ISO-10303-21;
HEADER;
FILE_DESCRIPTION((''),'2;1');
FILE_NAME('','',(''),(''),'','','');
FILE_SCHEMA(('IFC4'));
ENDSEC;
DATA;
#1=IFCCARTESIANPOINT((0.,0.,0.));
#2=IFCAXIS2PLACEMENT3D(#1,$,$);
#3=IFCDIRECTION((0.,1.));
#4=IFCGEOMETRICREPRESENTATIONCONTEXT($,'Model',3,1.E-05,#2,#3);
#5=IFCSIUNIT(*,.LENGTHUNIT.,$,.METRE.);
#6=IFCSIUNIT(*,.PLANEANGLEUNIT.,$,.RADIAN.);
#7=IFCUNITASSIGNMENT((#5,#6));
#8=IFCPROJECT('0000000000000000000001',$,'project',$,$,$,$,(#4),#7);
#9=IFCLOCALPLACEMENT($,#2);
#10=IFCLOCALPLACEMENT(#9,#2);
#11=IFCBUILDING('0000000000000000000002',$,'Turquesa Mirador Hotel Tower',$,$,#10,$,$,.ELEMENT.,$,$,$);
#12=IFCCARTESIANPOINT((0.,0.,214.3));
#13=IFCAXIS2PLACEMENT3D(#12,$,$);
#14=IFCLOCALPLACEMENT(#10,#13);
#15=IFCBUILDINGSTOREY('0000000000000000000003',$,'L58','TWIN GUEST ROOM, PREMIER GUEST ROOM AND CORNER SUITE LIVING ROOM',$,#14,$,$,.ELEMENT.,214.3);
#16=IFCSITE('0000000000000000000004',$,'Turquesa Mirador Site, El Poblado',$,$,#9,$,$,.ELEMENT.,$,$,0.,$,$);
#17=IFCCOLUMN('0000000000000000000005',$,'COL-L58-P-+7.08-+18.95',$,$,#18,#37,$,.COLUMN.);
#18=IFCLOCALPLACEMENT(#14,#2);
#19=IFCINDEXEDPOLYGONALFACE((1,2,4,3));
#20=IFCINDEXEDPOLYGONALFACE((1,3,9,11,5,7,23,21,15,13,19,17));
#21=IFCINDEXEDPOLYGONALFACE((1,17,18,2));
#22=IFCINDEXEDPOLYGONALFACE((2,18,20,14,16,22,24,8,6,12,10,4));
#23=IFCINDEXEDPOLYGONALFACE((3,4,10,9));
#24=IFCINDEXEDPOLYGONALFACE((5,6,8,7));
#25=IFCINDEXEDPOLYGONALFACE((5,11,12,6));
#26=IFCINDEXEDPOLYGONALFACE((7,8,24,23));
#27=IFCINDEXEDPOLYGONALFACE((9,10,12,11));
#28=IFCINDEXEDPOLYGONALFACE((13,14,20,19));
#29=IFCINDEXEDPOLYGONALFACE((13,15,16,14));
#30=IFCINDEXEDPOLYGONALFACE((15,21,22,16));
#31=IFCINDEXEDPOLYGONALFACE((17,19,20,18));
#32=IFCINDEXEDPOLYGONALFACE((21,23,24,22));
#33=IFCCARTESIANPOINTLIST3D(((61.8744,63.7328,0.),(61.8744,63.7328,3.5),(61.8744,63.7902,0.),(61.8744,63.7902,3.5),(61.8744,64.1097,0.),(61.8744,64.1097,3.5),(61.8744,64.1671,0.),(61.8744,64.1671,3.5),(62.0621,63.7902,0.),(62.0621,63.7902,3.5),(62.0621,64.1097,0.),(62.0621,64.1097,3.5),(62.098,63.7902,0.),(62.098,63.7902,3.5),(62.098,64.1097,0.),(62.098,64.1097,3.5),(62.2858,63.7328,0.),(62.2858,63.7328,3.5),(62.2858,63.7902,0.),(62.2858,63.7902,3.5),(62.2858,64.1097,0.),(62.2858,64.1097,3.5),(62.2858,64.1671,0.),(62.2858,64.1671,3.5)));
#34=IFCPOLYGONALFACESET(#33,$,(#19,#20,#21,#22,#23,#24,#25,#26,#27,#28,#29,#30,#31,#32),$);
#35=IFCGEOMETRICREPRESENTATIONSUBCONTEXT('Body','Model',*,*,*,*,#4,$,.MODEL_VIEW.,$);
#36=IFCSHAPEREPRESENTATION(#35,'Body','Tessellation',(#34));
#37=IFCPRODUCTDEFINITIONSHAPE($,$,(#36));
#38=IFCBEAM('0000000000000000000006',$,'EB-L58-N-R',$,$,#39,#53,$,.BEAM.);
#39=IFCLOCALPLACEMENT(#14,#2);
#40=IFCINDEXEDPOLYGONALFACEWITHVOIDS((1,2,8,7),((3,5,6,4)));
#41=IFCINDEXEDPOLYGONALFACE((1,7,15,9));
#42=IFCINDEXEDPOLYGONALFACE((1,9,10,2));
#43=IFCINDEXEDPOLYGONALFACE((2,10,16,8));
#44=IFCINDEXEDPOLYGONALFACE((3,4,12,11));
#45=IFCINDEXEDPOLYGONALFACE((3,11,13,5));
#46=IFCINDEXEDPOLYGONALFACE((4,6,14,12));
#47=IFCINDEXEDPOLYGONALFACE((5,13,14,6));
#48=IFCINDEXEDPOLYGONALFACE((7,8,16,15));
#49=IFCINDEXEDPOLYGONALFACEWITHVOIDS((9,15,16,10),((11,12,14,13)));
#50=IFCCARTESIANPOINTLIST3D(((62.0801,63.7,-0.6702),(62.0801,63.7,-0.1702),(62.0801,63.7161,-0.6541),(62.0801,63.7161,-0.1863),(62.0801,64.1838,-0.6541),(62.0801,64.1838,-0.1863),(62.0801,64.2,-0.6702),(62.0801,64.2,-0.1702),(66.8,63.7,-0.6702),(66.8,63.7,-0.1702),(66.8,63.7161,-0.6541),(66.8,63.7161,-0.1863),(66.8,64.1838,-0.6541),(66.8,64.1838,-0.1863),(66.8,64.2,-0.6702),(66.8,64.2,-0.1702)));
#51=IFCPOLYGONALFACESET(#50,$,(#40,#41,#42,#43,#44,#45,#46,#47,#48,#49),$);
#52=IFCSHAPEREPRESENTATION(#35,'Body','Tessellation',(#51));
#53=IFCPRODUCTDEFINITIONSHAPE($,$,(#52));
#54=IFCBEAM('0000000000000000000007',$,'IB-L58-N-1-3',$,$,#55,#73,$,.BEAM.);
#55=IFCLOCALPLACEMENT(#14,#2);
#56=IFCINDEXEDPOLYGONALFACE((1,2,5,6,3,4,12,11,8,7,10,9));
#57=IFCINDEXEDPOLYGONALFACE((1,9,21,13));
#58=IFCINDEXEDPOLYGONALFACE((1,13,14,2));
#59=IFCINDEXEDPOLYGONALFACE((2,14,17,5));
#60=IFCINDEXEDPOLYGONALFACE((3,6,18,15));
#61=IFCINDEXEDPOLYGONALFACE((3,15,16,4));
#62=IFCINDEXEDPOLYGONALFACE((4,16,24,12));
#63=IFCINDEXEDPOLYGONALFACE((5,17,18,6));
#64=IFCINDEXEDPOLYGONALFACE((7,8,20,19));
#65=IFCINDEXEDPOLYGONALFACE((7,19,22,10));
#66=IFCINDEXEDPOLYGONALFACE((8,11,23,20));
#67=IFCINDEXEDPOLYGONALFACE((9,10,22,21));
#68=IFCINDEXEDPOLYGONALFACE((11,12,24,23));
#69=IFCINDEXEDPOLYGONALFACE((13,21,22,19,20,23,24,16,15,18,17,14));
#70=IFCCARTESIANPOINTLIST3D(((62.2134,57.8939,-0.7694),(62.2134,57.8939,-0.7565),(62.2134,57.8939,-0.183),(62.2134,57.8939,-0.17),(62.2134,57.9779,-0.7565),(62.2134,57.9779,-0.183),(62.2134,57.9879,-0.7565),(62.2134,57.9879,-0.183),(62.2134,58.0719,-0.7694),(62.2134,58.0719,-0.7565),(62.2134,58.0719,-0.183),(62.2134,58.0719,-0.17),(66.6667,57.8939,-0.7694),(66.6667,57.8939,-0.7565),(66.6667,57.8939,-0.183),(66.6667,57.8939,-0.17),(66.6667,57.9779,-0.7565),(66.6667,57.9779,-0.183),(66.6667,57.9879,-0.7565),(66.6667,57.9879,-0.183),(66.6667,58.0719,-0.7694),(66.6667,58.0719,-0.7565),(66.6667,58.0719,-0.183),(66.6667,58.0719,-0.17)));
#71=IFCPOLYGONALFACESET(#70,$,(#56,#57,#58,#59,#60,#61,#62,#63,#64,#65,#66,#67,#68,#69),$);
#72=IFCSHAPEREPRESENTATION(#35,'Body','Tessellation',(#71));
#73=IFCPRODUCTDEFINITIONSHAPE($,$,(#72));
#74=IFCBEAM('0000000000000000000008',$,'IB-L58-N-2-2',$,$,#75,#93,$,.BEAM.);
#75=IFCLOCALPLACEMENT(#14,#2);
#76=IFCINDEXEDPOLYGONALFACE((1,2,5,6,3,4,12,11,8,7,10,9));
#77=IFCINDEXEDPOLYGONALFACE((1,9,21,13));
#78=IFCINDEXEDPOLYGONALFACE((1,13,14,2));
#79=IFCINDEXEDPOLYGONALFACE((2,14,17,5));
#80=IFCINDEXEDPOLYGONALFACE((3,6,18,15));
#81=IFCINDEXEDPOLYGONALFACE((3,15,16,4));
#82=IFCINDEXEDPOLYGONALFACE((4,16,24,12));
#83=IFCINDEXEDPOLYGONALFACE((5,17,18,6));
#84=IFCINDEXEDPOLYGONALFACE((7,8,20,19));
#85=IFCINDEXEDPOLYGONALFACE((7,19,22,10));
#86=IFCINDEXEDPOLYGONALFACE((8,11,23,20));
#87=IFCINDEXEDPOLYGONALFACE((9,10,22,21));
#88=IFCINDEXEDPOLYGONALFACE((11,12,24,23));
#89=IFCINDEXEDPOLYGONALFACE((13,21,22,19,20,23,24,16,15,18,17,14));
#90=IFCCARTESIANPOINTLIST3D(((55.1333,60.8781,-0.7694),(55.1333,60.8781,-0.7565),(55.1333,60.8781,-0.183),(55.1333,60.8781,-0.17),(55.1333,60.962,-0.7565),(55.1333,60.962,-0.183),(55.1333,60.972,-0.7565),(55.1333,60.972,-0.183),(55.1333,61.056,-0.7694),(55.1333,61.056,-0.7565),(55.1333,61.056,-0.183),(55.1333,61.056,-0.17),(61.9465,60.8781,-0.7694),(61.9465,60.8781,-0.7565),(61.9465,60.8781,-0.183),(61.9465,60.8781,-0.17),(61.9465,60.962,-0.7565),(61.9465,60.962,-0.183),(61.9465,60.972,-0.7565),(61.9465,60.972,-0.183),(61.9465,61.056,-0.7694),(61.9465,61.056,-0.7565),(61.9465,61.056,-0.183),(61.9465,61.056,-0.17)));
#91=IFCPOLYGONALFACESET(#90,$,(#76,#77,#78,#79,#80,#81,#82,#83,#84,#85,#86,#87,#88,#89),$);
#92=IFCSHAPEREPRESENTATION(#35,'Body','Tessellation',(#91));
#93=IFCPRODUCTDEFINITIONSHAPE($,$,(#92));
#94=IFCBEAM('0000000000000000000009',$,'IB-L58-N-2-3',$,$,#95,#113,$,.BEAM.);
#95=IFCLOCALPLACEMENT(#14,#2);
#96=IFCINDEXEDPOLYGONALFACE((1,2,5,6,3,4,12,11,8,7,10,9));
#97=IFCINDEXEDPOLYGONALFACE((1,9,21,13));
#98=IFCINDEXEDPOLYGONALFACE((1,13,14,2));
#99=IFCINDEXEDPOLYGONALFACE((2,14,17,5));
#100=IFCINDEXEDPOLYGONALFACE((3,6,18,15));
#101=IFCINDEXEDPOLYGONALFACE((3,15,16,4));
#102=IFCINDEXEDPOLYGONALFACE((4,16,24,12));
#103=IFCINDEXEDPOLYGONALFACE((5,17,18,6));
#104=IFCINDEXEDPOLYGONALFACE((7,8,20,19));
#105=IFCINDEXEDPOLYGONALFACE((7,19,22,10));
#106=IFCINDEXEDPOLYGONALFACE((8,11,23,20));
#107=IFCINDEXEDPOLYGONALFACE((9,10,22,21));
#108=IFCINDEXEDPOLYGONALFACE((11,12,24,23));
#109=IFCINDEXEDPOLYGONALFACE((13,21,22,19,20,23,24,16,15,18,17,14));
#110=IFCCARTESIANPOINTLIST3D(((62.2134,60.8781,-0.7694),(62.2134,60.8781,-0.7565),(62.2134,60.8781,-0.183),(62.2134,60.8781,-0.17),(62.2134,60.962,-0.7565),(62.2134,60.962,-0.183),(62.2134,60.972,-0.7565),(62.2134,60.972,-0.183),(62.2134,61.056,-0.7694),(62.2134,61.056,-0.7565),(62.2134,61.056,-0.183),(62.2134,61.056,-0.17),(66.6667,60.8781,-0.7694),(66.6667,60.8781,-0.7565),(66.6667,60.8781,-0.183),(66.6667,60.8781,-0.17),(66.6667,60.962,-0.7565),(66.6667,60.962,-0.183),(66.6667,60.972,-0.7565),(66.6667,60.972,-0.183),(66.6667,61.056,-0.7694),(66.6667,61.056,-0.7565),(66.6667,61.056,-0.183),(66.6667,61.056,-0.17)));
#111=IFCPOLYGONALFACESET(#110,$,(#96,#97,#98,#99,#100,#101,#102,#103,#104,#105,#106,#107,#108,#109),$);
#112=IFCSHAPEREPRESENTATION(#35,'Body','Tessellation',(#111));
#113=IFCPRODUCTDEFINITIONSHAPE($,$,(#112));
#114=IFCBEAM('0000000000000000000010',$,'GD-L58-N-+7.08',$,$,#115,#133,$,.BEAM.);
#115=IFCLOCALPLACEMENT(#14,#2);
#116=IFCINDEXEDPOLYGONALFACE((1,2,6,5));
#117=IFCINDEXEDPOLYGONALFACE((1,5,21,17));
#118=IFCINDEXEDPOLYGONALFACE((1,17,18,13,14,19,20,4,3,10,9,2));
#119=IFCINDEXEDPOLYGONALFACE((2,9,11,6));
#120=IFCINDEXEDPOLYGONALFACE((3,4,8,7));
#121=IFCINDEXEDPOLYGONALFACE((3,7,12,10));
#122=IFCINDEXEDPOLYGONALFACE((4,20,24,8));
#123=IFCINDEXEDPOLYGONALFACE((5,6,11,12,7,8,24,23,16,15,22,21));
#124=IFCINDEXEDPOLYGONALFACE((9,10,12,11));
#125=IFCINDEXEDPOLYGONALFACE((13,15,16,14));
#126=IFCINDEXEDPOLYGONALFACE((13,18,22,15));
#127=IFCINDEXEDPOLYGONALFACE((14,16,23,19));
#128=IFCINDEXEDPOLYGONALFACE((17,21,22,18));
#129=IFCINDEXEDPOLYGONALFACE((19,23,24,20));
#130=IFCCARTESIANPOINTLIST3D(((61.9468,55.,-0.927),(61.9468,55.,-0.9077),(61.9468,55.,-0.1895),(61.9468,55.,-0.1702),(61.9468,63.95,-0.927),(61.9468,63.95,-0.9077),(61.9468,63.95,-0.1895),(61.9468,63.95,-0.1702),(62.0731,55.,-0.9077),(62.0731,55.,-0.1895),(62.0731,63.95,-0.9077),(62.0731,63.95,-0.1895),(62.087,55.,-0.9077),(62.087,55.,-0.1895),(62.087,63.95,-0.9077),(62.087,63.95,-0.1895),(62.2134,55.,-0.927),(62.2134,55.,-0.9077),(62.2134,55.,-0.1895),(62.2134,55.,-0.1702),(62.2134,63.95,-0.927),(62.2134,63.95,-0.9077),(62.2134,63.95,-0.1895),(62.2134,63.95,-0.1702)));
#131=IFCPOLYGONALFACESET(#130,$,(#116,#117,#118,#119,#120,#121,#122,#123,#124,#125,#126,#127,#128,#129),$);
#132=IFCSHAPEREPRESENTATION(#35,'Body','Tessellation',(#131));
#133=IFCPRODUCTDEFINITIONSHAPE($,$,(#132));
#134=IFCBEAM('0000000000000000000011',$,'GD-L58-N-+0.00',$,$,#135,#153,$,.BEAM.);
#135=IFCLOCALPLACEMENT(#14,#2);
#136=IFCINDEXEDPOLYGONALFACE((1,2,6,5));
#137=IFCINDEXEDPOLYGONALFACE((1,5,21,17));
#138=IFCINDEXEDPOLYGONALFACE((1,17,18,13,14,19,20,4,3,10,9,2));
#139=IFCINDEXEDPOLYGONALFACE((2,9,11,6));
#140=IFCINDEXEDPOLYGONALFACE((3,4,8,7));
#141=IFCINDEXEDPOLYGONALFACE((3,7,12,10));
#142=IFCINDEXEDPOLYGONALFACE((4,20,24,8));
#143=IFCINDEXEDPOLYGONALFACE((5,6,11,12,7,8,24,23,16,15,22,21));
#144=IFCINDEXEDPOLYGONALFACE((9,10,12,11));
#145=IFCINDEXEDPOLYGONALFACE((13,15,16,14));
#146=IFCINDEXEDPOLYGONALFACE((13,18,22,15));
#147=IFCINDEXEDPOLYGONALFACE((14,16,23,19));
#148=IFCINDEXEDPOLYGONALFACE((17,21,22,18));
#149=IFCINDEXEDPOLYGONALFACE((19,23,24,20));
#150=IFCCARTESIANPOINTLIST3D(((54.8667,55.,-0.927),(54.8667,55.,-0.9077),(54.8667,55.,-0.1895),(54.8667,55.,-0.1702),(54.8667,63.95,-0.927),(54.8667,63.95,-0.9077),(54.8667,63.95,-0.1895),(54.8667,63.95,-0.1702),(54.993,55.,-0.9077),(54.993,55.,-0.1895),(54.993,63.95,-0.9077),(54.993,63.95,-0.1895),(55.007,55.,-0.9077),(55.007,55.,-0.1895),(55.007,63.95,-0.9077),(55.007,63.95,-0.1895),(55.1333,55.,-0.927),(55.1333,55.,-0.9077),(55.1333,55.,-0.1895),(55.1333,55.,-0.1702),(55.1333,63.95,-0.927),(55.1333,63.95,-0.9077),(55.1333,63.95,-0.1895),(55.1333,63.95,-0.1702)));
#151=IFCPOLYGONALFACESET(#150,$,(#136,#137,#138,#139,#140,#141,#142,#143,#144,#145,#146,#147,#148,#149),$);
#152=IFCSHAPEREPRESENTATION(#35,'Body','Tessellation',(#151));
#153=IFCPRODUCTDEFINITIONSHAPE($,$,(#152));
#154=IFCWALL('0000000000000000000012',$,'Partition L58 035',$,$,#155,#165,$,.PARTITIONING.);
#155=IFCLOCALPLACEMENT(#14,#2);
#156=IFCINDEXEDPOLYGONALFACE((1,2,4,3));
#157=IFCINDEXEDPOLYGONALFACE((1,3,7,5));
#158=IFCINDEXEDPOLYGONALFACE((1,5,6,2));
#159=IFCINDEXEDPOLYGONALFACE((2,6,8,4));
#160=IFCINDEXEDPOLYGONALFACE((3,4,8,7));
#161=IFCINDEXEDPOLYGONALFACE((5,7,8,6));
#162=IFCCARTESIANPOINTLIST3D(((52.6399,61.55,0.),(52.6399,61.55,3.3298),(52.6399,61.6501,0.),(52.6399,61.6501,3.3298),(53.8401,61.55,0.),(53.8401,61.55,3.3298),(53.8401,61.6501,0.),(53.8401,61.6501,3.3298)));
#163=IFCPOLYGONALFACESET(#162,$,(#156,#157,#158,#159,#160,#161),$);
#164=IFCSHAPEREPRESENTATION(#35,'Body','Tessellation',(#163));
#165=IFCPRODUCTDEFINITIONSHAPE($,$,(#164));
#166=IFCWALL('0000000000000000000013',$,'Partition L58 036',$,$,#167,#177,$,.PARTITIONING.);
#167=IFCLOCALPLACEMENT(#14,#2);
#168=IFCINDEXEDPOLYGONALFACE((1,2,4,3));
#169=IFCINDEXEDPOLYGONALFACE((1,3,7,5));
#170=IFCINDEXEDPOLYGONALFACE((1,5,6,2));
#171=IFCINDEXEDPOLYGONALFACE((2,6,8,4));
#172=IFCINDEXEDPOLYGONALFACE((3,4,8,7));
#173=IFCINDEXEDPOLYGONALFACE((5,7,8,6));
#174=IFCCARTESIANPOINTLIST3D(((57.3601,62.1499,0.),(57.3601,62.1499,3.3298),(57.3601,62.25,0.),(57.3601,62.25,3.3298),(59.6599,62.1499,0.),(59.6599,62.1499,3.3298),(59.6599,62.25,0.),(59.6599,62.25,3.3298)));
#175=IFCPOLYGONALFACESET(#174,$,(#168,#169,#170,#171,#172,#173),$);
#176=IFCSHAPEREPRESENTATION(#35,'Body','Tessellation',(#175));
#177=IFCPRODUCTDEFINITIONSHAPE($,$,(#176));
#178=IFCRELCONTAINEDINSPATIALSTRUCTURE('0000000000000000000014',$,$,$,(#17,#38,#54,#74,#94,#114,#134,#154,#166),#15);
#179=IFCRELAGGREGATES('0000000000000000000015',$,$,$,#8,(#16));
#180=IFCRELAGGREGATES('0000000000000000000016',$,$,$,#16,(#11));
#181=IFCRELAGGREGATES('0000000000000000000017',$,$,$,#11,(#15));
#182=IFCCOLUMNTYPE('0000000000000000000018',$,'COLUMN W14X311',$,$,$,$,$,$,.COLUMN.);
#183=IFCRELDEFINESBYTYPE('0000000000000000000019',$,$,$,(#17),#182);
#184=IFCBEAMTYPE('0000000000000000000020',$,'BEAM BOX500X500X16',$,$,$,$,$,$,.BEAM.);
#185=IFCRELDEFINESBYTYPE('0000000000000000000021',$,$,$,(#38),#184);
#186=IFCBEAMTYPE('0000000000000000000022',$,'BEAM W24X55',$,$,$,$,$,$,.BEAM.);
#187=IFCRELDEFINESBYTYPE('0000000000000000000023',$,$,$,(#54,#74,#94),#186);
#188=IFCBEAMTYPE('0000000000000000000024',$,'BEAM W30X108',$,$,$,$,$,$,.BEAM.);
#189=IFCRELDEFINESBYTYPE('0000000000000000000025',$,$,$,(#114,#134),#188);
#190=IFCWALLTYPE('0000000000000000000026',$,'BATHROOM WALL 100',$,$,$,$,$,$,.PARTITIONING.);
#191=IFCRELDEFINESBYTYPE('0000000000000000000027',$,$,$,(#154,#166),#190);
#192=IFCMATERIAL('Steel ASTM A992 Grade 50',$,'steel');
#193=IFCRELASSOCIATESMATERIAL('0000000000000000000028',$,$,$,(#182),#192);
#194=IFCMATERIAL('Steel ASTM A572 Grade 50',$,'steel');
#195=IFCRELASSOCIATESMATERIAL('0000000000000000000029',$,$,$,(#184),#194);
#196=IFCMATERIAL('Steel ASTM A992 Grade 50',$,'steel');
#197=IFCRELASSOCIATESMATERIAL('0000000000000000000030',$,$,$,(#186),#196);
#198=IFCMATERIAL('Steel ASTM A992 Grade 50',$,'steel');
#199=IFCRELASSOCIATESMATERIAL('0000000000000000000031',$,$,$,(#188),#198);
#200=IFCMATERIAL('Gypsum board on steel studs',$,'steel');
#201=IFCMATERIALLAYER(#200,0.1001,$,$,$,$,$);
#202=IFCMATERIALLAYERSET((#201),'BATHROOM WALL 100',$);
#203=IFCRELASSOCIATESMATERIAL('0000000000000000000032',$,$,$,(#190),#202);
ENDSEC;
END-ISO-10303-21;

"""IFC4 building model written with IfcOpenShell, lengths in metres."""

from ifc_helpers import new_model, si_unit, direction, frame, frame_2d, origin, origin_2d, place, context, subcontext, project, spatial, rectangle, hollow_rectangle, i_section, extrude, material, layer, layer_set, material_profile, profile_set, type_object, element, save


model = new_model("IFC4")

# Units and contexts
model_context = context("Model", 3, precision=1e-05, world=origin(), true_north=direction((0.0, 1.0)))
body_context = subcontext(model_context, "Body", "Model", "MODEL_VIEW")
ifc_project = project(units=[si_unit("LENGTHUNIT", "METRE"), si_unit("PLANEANGLEUNIT", "RADIAN")], contexts=[model_context])

# Site, building, storey
site_placement = place(None, origin())
site = spatial("IfcSite", under=ifc_project, at=site_placement, Name="Turquesa Mirador Site, El Poblado", CompositionType="ELEMENT", RefElevation=0.0)
building_placement = place(site_placement, origin())
building = spatial("IfcBuilding", under=site, at=building_placement, Name="Turquesa Mirador Hotel Tower", CompositionType="ELEMENT")
storey_placement = place(building_placement, frame((0.0, 0.0, 214.3)))
storey = spatial("IfcBuildingStorey", under=building, at=storey_placement, Name="L58", Description="TWIN GUEST ROOM, PREMIER GUEST ROOM AND CORNER SUITE LIVING ROOM", CompositionType="ELEMENT", Elevation=214.3)

# Column
ifc_material_1 = material(Name="Steel ASTM A992 Grade 50", Category="steel")
ifc_material_profile_1 = material_profile(ifc_material_1, i_section(OverallWidth=0.4114, OverallDepth=0.4343, WebThickness=0.0359, FlangeThickness=0.0574, at=origin_2d()), Name="W14X311")
ifc_profile_set_1 = profile_set([ifc_material_profile_1], Name="Steel ASTM A992 Grade 50")
column_type = type_object("IfcColumnType", Name="COLUMN W14X311", PredefinedType="COLUMN", material=ifc_profile_set_1)
column_placement = place(storey_placement, frame((62.0801, 63.95, 0.0), z_axis=(0.0, 0.0, 1.0), x_axis=(1.0, 0.0, 0.0)))
element("IfcColumn", 1, at=column_placement, inside=storey, type_object=column_type, Name="COL-L58-P-+7.08-+18.95", PredefinedType="COLUMN", context=body_context, shape_type="SweptSolid", body=[
    extrude(i_section(OverallWidth=0.4114, OverallDepth=0.4343, WebThickness=0.0359, FlangeThickness=0.0574, at=origin_2d()), origin(), (0.0, 0.0, 1.0), 3.5),
])

# Beams
ifc_material_2 = material(Name="Steel ASTM A572 Grade 50", Category="steel")
ifc_material_profile_2 = material_profile(ifc_material_2, hollow_rectangle(XDim=0.5, YDim=0.5, WallThickness=0.0161, at=origin_2d()), Name="BOX500X500X16")
ifc_profile_set_2 = profile_set([ifc_material_profile_2], Name="Steel ASTM A572 Grade 50")
beam_type_1 = type_object("IfcBeamType", Name="BEAM BOX500X500X16", PredefinedType="BEAM", material=ifc_profile_set_2)
beam_1_placement = place(storey_placement, frame((62.0801, 63.95, -0.4202), z_axis=(1.0, 0.0, 0.0), x_axis=(0.0, 1.0, 0.0)))
element("IfcBeam", 2, at=beam_1_placement, inside=storey, type_object=beam_type_1, Name="EB-L58-N-R", PredefinedType="BEAM", context=body_context, shape_type="SweptSolid", body=[
    extrude(hollow_rectangle(XDim=0.5, YDim=0.5, WallThickness=0.0161, at=origin_2d()), origin(), (0.0, 0.0, 1.0), 4.72),
])
ifc_material_3 = material(Name="Steel ASTM A992 Grade 50", Category="steel")
ifc_material_profile_3 = material_profile(ifc_material_3, i_section(OverallWidth=0.178, OverallDepth=0.5994, WebThickness=0.01, FlangeThickness=0.0129, at=origin_2d()), Name="W24X55")
ifc_profile_set_3 = profile_set([ifc_material_profile_3], Name="Steel ASTM A992 Grade 50")
beam_type_2 = type_object("IfcBeamType", Name="BEAM W24X55", PredefinedType="BEAM", material=ifc_profile_set_3)
beam_2_placement = place(storey_placement, frame((62.2134, 57.9829, -0.4697), z_axis=(1.0, 0.0, 0.0), x_axis=(0.0, 1.0, 0.0)))
element("IfcBeam", 3, at=beam_2_placement, inside=storey, type_object=beam_type_2, Name="IB-L58-N-1-3", PredefinedType="BEAM", context=body_context, shape_type="SweptSolid", body=[
    extrude(i_section(OverallWidth=0.178, OverallDepth=0.5994, WebThickness=0.01, FlangeThickness=0.0129, at=origin_2d()), origin(), (0.0, 0.0, 1.0), 4.4534),
])
beam_3_placement = place(storey_placement, frame((55.1333, 60.967, -0.4697), z_axis=(1.0, 0.0, 0.0), x_axis=(0.0, 1.0, 0.0)))
element("IfcBeam", 4, at=beam_3_placement, inside=storey, type_object=beam_type_2, Name="IB-L58-N-2-2", PredefinedType="BEAM", context=body_context, shape_type="SweptSolid", body=[
    extrude(i_section(OverallWidth=0.178, OverallDepth=0.5994, WebThickness=0.01, FlangeThickness=0.0129, at=origin_2d()), origin(), (0.0, 0.0, 1.0), 6.8132),
])
beam_4_placement = place(storey_placement, frame((62.2134, 60.967, -0.4697), z_axis=(1.0, 0.0, 0.0), x_axis=(0.0, 1.0, 0.0)))
element("IfcBeam", 5, at=beam_4_placement, inside=storey, type_object=beam_type_2, Name="IB-L58-N-2-3", PredefinedType="BEAM", context=body_context, shape_type="SweptSolid", body=[
    extrude(i_section(OverallWidth=0.178, OverallDepth=0.5994, WebThickness=0.01, FlangeThickness=0.0129, at=origin_2d()), origin(), (0.0, 0.0, 1.0), 4.4534),
])
ifc_material_4 = material(Name="Steel ASTM A992 Grade 50", Category="steel")
ifc_material_profile_4 = material_profile(ifc_material_4, i_section(OverallWidth=0.2666, OverallDepth=0.7568, WebThickness=0.0139, FlangeThickness=0.0193, at=origin_2d()), Name="W30X108")
ifc_profile_set_4 = profile_set([ifc_material_profile_4], Name="Steel ASTM A992 Grade 50")
beam_type_3 = type_object("IfcBeamType", Name="BEAM W30X108", PredefinedType="BEAM", material=ifc_profile_set_4)
for number, where, z_axis, x_axis, name in (
    (6, (62.0801, 63.95, -0.5486), (0.0, -1.0, 0.0), (1.0, 0.0, 0.0), "GD-L58-N-+7.08"),
    (7, (55.0, 63.95, -0.5486), (0.0, -1.0, 0.0), (1.0, 0.0, 0.0), "GD-L58-N-+0.00"),
):
    element("IfcBeam", number, at=place(storey_placement, frame(where, z_axis=z_axis, x_axis=x_axis)), inside=storey, type_object=beam_type_3, Name=name, PredefinedType="BEAM", context=body_context, shape_type="SweptSolid", body=[
        extrude(i_section(OverallWidth=0.2666, OverallDepth=0.7568, WebThickness=0.0139, FlangeThickness=0.0193, at=origin_2d()), origin(), (0.0, 0.0, 1.0), 8.95),
    ])

# Walls
ifc_material_5 = material(Name="Gypsum board on steel studs", Category="steel")
ifc_layer_1 = layer(ifc_material_5, 0.1001)
ifc_layer_set_1 = layer_set([ifc_layer_1], Name="BATHROOM WALL 100")
wall_type_1 = type_object("IfcWallType", Name="BATHROOM WALL 100", PredefinedType="PARTITIONING", material=ifc_layer_set_1)
wall_1_placement = place(storey_placement, frame((52.6399, 61.6001, 0.0), z_axis=(0.0, 0.0, 1.0), x_axis=(1.0, 0.0, 0.0)))
element("IfcWall", 8, at=wall_1_placement, inside=storey, type_object=wall_type_1, Name="Partition L58 035", PredefinedType="PARTITIONING", context=body_context, shape_type="SweptSolid", body=[
    extrude(rectangle(XDim=1.2002, YDim=0.1001, at=frame_2d((0.6001, 0.0))), origin(), (0.0, 0.0, 1.0), 3.3298),
])
wall_2_placement = place(storey_placement, frame((57.3601, 62.2, 0.0), z_axis=(0.0, 0.0, 1.0), x_axis=(1.0, 0.0, 0.0)))
element("IfcWall", 9, at=wall_2_placement, inside=storey, type_object=wall_type_1, Name="Partition L58 036", PredefinedType="PARTITIONING", context=body_context, shape_type="SweptSolid", body=[
    extrude(rectangle(XDim=2.2998, YDim=0.1001, at=frame_2d((1.1499, 0.0))), origin(), (0.0, 0.0, 1.0), 3.3298),
])

save(model, "model.ifc")
